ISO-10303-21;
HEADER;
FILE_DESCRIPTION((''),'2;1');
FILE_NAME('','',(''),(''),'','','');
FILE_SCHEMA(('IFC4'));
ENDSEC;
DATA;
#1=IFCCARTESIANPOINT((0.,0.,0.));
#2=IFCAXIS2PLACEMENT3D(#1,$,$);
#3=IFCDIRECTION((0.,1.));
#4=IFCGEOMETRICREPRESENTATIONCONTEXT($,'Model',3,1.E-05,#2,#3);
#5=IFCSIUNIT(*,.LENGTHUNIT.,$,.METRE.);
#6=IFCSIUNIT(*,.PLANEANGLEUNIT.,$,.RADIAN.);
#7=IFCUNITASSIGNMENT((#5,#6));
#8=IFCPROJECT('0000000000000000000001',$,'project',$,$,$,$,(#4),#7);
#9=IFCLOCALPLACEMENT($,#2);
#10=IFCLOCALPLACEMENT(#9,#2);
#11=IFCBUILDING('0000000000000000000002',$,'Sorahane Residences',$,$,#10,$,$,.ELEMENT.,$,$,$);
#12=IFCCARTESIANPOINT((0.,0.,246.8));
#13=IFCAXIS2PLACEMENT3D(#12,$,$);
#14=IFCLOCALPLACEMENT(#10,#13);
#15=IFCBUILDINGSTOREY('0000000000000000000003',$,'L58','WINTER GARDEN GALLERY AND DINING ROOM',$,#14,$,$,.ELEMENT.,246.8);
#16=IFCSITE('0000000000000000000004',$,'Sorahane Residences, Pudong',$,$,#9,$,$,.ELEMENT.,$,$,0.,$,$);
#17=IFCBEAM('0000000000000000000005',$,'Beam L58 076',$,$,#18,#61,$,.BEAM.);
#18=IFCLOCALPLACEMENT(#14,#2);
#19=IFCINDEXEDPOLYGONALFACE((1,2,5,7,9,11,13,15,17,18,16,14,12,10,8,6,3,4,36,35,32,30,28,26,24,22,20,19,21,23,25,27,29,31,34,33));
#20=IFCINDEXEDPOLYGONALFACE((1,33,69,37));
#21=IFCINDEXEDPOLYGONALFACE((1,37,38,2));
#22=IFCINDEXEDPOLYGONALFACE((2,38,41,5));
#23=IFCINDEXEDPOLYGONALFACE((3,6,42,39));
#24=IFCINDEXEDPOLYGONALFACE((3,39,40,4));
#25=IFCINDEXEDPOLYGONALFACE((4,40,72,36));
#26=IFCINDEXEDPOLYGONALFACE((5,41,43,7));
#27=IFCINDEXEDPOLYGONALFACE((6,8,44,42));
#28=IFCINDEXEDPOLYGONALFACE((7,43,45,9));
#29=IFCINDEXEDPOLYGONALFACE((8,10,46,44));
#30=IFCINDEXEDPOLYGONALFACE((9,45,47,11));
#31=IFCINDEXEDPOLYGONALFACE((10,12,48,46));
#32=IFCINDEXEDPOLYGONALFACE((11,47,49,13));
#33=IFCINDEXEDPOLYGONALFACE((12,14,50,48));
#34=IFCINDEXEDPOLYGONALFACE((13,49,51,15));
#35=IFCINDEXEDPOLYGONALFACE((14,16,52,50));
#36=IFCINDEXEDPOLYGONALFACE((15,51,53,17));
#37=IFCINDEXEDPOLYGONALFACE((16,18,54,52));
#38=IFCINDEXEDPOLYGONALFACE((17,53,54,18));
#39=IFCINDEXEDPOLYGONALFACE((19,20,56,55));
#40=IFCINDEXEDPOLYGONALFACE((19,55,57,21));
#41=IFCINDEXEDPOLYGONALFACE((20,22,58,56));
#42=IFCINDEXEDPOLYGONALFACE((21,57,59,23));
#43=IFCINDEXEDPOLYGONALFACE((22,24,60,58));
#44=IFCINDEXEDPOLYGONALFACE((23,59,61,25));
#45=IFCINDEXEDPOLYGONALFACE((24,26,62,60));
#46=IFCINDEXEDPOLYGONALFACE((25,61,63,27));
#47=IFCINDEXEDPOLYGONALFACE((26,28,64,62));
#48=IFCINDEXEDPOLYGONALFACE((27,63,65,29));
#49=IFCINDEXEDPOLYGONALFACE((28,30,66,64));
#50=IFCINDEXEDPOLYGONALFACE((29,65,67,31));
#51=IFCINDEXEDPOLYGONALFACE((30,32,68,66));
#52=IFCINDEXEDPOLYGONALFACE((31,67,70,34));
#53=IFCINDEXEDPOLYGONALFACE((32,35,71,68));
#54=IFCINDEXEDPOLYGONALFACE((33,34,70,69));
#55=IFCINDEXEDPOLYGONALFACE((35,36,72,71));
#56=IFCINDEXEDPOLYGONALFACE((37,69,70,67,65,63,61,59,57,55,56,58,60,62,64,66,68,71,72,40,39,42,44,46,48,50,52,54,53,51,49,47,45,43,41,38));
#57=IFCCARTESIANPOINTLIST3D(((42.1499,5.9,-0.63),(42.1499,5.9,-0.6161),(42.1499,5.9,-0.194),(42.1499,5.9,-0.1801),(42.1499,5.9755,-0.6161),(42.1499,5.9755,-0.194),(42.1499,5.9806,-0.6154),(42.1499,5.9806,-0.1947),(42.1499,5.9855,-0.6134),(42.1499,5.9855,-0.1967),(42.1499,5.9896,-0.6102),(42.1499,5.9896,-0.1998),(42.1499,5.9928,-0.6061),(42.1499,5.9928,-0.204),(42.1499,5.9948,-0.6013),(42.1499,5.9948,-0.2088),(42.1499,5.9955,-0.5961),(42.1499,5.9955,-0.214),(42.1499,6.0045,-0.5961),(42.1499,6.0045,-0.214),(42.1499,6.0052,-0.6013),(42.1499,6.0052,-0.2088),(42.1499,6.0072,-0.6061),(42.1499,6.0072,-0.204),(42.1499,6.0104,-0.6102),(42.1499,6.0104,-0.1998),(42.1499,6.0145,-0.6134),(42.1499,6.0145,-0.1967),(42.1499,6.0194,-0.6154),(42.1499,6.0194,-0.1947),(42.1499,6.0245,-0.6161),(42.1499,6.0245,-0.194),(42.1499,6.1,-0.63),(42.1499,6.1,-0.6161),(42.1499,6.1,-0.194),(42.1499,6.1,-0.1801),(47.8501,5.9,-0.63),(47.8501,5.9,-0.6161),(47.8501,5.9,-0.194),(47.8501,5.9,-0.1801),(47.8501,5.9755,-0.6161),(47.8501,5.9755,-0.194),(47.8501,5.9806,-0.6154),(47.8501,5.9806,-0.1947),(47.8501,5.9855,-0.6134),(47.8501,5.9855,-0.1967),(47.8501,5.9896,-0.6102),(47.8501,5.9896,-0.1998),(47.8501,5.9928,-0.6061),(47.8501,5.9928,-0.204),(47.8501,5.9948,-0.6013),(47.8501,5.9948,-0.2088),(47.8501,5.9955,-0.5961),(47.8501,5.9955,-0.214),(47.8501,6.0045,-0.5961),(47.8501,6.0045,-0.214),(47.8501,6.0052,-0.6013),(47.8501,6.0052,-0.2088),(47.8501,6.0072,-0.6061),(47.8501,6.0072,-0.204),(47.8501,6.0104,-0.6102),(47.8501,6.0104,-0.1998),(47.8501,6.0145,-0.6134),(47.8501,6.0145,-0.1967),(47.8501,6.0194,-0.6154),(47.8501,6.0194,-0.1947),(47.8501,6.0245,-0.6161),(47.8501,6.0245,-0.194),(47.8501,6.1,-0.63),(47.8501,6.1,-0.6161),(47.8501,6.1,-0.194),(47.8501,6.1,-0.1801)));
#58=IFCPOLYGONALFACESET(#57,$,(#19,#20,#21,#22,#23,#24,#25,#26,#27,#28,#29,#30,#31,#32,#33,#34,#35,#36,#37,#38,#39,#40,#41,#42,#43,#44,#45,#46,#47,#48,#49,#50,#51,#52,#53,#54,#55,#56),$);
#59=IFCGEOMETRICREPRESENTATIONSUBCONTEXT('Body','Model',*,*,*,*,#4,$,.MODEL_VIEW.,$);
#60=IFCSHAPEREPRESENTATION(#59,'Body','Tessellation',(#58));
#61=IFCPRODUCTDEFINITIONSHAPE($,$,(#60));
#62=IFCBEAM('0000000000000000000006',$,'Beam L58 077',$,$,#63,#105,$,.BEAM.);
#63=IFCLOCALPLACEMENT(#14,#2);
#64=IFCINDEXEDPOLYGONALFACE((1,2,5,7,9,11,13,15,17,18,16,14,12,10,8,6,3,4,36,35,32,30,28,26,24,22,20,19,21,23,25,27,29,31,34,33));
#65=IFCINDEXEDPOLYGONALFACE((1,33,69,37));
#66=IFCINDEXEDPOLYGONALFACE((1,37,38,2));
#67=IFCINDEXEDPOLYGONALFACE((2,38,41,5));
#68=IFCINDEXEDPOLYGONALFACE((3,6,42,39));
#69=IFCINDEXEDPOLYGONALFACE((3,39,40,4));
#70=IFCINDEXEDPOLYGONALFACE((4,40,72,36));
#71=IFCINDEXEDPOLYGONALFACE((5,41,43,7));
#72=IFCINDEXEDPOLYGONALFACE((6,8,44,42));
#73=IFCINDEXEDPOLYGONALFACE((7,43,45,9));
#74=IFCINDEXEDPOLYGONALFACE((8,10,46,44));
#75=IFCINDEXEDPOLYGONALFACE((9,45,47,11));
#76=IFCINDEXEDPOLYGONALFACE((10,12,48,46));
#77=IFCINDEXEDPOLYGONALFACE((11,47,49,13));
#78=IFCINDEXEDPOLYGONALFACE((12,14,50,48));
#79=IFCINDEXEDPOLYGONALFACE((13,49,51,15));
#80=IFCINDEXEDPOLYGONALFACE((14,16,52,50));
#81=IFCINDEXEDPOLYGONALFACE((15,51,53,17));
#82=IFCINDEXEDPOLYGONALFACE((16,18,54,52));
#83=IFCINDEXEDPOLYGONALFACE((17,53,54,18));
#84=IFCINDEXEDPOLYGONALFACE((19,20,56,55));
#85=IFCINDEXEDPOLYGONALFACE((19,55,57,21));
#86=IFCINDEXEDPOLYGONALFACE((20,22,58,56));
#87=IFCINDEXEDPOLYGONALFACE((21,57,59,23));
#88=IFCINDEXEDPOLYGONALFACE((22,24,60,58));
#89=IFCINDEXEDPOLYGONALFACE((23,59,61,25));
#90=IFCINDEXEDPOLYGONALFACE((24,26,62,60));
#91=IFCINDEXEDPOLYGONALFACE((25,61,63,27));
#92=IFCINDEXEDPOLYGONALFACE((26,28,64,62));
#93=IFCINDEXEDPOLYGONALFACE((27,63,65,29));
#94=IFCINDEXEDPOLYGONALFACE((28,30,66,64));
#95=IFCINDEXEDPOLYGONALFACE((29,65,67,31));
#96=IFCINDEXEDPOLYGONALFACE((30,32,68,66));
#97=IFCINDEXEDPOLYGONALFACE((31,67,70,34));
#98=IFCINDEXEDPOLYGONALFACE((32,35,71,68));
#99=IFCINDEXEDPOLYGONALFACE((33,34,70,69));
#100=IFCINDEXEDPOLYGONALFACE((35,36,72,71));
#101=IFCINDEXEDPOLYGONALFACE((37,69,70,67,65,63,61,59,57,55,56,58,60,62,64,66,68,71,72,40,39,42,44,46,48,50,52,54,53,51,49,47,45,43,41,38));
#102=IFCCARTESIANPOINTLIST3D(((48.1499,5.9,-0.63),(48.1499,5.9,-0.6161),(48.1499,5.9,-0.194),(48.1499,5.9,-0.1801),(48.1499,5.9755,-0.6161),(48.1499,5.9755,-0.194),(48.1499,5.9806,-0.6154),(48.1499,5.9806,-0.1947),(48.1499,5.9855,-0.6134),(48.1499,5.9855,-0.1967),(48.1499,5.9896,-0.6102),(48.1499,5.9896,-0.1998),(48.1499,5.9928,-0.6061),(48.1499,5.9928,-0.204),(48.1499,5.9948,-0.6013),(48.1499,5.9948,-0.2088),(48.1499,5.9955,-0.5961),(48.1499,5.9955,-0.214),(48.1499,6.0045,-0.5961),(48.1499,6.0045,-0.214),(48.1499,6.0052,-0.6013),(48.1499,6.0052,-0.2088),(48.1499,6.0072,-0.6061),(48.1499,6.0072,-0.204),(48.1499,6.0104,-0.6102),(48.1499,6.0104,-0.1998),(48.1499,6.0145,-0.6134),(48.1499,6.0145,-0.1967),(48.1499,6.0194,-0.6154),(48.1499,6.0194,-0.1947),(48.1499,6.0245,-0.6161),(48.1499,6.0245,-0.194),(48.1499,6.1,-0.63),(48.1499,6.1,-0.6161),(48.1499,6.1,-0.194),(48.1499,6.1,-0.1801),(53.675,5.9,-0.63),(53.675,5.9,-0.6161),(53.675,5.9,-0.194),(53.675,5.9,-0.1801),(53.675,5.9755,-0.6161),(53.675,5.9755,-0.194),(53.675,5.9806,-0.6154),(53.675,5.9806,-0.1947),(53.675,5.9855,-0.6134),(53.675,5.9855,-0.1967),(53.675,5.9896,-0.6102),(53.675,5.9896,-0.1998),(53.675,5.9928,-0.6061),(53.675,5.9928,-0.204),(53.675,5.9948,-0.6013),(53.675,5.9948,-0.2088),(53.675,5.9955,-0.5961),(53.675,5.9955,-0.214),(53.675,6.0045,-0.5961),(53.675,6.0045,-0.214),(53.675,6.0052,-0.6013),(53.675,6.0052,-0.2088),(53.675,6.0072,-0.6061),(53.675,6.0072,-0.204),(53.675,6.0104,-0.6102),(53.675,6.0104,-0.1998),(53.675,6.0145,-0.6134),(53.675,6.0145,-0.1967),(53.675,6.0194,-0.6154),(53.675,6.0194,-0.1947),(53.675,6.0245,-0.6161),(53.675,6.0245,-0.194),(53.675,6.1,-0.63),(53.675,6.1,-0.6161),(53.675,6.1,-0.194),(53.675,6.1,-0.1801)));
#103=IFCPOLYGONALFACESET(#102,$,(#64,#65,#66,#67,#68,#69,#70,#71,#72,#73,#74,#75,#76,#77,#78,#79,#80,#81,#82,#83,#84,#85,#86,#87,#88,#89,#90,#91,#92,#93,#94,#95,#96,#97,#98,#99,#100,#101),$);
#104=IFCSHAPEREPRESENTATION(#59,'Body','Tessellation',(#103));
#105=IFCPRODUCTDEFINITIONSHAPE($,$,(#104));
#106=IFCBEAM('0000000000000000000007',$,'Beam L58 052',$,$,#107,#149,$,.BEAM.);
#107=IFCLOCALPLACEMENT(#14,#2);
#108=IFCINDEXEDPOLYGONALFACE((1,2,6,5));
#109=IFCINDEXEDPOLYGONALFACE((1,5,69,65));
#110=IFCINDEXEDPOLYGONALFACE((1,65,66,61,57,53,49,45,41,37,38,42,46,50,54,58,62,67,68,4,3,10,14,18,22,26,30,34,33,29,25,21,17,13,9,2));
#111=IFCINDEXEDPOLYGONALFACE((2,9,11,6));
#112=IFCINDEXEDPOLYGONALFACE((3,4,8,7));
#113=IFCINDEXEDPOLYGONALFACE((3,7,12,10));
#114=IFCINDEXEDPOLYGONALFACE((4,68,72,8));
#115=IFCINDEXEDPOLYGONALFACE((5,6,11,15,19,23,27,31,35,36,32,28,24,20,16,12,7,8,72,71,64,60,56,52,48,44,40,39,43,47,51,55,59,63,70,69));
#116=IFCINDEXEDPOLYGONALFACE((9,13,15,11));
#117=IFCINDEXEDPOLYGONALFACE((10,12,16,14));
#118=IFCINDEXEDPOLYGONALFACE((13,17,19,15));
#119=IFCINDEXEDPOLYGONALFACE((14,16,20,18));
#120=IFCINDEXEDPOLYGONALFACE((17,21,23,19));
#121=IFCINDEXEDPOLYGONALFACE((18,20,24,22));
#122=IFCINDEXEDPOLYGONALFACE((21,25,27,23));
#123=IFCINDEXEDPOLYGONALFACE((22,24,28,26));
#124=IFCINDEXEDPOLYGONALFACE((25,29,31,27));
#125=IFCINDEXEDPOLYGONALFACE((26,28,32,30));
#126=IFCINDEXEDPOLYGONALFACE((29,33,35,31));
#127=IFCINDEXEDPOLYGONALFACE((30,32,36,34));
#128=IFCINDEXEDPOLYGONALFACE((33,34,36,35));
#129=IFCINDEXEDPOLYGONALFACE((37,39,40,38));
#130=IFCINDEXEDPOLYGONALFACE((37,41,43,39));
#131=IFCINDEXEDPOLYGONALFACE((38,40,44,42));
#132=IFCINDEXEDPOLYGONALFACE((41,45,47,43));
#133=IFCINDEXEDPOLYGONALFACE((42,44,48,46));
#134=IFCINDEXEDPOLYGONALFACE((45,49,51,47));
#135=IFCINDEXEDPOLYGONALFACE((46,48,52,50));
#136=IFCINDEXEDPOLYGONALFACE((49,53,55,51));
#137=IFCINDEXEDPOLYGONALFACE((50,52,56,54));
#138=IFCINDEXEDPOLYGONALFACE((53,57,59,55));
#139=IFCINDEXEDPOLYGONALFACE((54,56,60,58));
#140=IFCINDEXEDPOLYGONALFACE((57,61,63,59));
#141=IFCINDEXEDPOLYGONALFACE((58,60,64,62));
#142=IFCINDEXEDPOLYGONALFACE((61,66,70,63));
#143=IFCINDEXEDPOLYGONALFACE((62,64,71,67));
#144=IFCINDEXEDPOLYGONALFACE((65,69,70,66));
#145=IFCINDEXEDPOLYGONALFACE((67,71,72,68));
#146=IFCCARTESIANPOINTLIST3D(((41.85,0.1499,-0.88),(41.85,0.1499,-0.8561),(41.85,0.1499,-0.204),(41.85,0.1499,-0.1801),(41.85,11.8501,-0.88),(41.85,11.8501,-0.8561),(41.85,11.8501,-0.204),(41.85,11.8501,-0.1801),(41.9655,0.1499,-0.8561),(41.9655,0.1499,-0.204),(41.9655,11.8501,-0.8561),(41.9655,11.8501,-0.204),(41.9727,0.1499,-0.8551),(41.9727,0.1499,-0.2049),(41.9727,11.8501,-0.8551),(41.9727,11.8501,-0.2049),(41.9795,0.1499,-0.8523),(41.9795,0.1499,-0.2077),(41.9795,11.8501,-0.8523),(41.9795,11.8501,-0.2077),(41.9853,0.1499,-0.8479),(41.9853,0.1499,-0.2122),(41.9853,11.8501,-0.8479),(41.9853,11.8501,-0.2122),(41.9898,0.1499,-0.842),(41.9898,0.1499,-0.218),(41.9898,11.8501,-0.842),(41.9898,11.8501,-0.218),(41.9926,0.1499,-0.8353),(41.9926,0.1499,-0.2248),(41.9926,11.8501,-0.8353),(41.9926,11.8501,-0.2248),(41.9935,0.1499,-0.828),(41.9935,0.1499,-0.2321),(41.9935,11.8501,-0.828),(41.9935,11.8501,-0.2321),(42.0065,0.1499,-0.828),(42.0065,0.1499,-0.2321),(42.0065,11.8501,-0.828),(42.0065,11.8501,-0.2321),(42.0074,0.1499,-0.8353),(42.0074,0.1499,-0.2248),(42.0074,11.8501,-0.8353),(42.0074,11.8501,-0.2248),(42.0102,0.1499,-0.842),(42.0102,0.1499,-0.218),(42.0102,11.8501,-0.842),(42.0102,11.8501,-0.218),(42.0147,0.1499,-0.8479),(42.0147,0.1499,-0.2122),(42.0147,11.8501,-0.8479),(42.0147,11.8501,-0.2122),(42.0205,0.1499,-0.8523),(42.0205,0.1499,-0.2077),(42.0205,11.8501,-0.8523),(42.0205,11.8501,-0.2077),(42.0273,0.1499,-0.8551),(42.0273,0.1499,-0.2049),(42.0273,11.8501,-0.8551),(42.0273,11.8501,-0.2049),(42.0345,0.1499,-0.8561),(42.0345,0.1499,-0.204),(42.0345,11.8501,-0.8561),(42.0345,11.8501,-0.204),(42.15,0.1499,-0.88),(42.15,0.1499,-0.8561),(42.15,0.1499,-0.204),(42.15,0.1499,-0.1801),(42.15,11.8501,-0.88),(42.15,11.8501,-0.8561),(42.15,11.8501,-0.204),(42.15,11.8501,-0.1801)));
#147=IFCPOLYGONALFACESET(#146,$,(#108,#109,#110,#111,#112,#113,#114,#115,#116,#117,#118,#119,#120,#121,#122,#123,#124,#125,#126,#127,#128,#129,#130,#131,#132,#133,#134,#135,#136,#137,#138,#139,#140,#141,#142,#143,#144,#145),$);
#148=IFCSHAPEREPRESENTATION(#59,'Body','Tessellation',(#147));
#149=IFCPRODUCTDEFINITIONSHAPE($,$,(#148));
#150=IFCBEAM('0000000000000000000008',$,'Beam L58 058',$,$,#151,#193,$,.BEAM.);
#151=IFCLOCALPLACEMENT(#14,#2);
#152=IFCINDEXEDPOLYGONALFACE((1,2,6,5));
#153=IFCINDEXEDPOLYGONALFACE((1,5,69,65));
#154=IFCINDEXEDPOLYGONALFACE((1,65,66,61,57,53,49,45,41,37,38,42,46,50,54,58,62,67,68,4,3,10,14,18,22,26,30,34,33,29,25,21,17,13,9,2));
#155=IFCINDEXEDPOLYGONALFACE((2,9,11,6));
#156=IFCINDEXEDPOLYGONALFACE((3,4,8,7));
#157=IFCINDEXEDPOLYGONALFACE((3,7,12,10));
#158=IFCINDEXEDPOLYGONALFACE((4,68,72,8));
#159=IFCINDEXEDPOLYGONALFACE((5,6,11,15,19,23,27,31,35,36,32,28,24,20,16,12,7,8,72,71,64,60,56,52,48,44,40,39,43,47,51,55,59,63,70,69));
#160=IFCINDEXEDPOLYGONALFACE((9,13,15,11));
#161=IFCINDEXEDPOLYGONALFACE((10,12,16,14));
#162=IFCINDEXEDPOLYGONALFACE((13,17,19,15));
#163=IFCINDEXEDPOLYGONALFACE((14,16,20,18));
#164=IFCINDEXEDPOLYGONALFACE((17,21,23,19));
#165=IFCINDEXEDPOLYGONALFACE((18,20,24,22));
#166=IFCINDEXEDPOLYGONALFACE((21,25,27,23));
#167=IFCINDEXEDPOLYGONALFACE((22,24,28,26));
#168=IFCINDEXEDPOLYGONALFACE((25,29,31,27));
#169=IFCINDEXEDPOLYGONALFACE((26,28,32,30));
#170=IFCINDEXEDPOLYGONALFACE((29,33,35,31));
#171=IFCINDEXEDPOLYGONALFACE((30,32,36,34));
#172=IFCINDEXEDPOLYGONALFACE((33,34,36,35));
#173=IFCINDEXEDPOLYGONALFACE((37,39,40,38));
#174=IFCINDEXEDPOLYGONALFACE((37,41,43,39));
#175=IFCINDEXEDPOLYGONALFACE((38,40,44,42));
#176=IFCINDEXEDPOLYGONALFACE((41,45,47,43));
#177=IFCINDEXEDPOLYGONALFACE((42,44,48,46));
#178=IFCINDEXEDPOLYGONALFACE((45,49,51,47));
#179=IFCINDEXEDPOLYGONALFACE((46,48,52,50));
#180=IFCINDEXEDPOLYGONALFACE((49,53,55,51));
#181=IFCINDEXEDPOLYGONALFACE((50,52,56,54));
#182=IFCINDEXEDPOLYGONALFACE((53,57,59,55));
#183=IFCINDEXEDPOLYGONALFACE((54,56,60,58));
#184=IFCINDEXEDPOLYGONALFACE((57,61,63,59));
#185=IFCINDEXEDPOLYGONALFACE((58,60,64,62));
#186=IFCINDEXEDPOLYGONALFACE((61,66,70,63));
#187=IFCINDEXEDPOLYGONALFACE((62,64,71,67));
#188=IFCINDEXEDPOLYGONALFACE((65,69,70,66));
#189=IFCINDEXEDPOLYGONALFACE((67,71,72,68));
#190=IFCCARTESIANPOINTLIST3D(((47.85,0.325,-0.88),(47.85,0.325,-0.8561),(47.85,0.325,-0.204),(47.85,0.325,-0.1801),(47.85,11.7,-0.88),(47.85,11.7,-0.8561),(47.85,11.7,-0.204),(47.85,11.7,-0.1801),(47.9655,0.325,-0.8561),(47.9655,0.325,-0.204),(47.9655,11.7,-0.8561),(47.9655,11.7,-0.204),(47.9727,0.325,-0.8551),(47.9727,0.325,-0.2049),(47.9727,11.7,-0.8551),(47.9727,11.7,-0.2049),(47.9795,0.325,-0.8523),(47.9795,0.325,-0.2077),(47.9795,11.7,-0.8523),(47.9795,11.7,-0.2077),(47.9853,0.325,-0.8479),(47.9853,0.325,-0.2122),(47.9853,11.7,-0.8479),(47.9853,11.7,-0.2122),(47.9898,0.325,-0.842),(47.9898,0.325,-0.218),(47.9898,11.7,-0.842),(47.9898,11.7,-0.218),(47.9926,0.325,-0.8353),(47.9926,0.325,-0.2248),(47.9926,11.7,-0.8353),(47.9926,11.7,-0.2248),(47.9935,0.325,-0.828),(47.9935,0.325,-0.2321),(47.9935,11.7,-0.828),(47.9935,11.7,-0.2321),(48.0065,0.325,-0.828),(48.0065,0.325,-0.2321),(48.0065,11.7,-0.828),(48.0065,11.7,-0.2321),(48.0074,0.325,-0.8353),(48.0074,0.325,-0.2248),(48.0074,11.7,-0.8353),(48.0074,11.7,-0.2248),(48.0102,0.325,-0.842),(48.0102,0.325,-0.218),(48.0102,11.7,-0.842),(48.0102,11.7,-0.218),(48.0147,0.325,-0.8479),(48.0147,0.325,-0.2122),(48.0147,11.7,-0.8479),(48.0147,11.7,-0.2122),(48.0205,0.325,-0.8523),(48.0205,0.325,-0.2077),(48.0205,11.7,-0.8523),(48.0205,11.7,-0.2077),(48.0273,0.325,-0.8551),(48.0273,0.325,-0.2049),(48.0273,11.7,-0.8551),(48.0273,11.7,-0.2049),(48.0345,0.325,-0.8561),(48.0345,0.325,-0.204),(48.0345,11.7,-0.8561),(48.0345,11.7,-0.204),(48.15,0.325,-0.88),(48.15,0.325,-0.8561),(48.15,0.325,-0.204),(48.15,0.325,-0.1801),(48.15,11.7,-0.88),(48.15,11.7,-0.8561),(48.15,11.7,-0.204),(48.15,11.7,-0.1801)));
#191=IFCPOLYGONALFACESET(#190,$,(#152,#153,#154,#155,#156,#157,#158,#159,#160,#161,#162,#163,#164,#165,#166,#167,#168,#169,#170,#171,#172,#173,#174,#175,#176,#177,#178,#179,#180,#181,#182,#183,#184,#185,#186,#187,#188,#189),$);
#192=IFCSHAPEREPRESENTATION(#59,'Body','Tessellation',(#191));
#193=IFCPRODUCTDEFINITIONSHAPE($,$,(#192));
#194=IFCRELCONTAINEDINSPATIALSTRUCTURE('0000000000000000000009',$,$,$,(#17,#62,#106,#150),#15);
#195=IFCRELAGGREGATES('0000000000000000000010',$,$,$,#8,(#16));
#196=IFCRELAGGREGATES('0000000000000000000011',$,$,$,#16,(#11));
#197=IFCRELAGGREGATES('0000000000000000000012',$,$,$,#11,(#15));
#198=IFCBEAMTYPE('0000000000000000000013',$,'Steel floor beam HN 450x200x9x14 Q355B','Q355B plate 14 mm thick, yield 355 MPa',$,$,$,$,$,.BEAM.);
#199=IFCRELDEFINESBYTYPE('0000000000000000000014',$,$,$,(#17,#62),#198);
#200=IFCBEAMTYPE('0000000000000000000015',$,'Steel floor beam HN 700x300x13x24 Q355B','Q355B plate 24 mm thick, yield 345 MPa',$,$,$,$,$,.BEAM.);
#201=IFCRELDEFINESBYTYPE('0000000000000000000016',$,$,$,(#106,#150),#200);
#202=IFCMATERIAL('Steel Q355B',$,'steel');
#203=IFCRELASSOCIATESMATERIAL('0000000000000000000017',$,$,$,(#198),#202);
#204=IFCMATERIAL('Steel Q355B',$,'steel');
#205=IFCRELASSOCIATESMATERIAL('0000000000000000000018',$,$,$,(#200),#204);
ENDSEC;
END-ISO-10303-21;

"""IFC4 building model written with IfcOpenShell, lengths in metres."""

from ifc_helpers import new_model, si_unit, direction, frame, origin, origin_2d, place, context, subcontext, project, spatial, i_section, extrude, material, material_profile, profile_set, type_object, element, save


model = new_model("IFC4")

# Units and contexts
model_context = context("Model", 3, precision=1e-05, world=origin(), true_north=direction((0.0, 1.0)))
body_context = subcontext(model_context, "Body", "Model", "MODEL_VIEW")
ifc_project = project(units=[si_unit("LENGTHUNIT", "METRE"), si_unit("PLANEANGLEUNIT", "RADIAN")], contexts=[model_context])

# Site, building, storey
site_placement = place(None, origin())
site = spatial("IfcSite", under=ifc_project, at=site_placement, Name="Sorahane Residences, Pudong", CompositionType="ELEMENT", RefElevation=0.0)
building_placement = place(site_placement, origin())
building = spatial("IfcBuilding", under=site, at=building_placement, Name="Sorahane Residences", CompositionType="ELEMENT")
storey_placement = place(building_placement, frame((0.0, 0.0, 246.8)))
storey = spatial("IfcBuildingStorey", under=building, at=storey_placement, Name="L58", Description="WINTER GARDEN GALLERY AND DINING ROOM", CompositionType="ELEMENT", Elevation=246.8)

# Beams
ifc_material_1 = material(Name="Steel Q355B", Category="steel")
ifc_material_profile_1 = material_profile(ifc_material_1, i_section(OverallWidth=0.2, OverallDepth=0.45, WebThickness=0.009, FlangeThickness=0.0139, FilletRadius=0.02, at=origin_2d()), Name="HN 450x200x9x14")
ifc_profile_set_1 = profile_set([ifc_material_profile_1], Name="Steel Q355B")
beam_type_1 = type_object("IfcBeamType", Name="Steel floor beam HN 450x200x9x14 Q355B", Description="Q355B plate 14 mm thick, yield 355 MPa", PredefinedType="BEAM", material=ifc_profile_set_1)
beam_1_placement = place(storey_placement, frame((42.1499, 6.0, -0.405), z_axis=(1.0, 0.0, 0.0), x_axis=(0.0, 1.0, 0.0)))
element("IfcBeam", 1, at=beam_1_placement, inside=storey, type_object=beam_type_1, Name="Beam L58 076", PredefinedType="BEAM", context=body_context, shape_type="SweptSolid", body=[
    extrude(i_section(OverallWidth=0.2, OverallDepth=0.45, WebThickness=0.009, FlangeThickness=0.0139, FilletRadius=0.02, at=origin_2d()), origin(), (0.0, 0.0, 1.0), 5.7002),
])
beam_2_placement = place(storey_placement, frame((48.1499, 6.0, -0.405), z_axis=(1.0, 0.0, 0.0), x_axis=(0.0, 1.0, 0.0)))
element("IfcBeam", 2, at=beam_2_placement, inside=storey, type_object=beam_type_1, Name="Beam L58 077", PredefinedType="BEAM", context=body_context, shape_type="SweptSolid", body=[
    extrude(i_section(OverallWidth=0.2, OverallDepth=0.45, WebThickness=0.009, FlangeThickness=0.0139, FilletRadius=0.02, at=origin_2d()), origin(), (0.0, 0.0, 1.0), 5.5251),
])
ifc_material_2 = material(Name="Steel Q355B", Category="steel")
ifc_material_profile_2 = material_profile(ifc_material_2, i_section(OverallWidth=0.3, OverallDepth=0.7, WebThickness=0.0129, FlangeThickness=0.0239, FilletRadius=0.0281, at=origin_2d()), Name="HN 700x300x13x24")
ifc_profile_set_2 = profile_set([ifc_material_profile_2], Name="Steel Q355B")
beam_type_2 = type_object("IfcBeamType", Name="Steel floor beam HN 700x300x13x24 Q355B", Description="Q355B plate 24 mm thick, yield 345 MPa", PredefinedType="BEAM", material=ifc_profile_set_2)
beam_3_placement = place(storey_placement, frame((42.0, 0.1499, -0.53), z_axis=(0.0, 1.0, 0.0), x_axis=(-1.0, 0.0, 0.0)))
element("IfcBeam", 3, at=beam_3_placement, inside=storey, type_object=beam_type_2, Name="Beam L58 052", PredefinedType="BEAM", context=body_context, shape_type="SweptSolid", body=[
    extrude(i_section(OverallWidth=0.3, OverallDepth=0.7, WebThickness=0.0129, FlangeThickness=0.0239, FilletRadius=0.0281, at=origin_2d()), origin(), (0.0, 0.0, 1.0), 11.7002),
])
beam_4_placement = place(storey_placement, frame((48.0, 0.325, -0.53), z_axis=(0.0, 1.0, 0.0), x_axis=(-1.0, 0.0, 0.0)))
element("IfcBeam", 4, at=beam_4_placement, inside=storey, type_object=beam_type_2, Name="Beam L58 058", PredefinedType="BEAM", context=body_context, shape_type="SweptSolid", body=[
    extrude(i_section(OverallWidth=0.3, OverallDepth=0.7, WebThickness=0.0129, FlangeThickness=0.0239, FilletRadius=0.0281, at=origin_2d()), origin(), (0.0, 0.0, 1.0), 11.375),
])

save(model, "model.ifc")
